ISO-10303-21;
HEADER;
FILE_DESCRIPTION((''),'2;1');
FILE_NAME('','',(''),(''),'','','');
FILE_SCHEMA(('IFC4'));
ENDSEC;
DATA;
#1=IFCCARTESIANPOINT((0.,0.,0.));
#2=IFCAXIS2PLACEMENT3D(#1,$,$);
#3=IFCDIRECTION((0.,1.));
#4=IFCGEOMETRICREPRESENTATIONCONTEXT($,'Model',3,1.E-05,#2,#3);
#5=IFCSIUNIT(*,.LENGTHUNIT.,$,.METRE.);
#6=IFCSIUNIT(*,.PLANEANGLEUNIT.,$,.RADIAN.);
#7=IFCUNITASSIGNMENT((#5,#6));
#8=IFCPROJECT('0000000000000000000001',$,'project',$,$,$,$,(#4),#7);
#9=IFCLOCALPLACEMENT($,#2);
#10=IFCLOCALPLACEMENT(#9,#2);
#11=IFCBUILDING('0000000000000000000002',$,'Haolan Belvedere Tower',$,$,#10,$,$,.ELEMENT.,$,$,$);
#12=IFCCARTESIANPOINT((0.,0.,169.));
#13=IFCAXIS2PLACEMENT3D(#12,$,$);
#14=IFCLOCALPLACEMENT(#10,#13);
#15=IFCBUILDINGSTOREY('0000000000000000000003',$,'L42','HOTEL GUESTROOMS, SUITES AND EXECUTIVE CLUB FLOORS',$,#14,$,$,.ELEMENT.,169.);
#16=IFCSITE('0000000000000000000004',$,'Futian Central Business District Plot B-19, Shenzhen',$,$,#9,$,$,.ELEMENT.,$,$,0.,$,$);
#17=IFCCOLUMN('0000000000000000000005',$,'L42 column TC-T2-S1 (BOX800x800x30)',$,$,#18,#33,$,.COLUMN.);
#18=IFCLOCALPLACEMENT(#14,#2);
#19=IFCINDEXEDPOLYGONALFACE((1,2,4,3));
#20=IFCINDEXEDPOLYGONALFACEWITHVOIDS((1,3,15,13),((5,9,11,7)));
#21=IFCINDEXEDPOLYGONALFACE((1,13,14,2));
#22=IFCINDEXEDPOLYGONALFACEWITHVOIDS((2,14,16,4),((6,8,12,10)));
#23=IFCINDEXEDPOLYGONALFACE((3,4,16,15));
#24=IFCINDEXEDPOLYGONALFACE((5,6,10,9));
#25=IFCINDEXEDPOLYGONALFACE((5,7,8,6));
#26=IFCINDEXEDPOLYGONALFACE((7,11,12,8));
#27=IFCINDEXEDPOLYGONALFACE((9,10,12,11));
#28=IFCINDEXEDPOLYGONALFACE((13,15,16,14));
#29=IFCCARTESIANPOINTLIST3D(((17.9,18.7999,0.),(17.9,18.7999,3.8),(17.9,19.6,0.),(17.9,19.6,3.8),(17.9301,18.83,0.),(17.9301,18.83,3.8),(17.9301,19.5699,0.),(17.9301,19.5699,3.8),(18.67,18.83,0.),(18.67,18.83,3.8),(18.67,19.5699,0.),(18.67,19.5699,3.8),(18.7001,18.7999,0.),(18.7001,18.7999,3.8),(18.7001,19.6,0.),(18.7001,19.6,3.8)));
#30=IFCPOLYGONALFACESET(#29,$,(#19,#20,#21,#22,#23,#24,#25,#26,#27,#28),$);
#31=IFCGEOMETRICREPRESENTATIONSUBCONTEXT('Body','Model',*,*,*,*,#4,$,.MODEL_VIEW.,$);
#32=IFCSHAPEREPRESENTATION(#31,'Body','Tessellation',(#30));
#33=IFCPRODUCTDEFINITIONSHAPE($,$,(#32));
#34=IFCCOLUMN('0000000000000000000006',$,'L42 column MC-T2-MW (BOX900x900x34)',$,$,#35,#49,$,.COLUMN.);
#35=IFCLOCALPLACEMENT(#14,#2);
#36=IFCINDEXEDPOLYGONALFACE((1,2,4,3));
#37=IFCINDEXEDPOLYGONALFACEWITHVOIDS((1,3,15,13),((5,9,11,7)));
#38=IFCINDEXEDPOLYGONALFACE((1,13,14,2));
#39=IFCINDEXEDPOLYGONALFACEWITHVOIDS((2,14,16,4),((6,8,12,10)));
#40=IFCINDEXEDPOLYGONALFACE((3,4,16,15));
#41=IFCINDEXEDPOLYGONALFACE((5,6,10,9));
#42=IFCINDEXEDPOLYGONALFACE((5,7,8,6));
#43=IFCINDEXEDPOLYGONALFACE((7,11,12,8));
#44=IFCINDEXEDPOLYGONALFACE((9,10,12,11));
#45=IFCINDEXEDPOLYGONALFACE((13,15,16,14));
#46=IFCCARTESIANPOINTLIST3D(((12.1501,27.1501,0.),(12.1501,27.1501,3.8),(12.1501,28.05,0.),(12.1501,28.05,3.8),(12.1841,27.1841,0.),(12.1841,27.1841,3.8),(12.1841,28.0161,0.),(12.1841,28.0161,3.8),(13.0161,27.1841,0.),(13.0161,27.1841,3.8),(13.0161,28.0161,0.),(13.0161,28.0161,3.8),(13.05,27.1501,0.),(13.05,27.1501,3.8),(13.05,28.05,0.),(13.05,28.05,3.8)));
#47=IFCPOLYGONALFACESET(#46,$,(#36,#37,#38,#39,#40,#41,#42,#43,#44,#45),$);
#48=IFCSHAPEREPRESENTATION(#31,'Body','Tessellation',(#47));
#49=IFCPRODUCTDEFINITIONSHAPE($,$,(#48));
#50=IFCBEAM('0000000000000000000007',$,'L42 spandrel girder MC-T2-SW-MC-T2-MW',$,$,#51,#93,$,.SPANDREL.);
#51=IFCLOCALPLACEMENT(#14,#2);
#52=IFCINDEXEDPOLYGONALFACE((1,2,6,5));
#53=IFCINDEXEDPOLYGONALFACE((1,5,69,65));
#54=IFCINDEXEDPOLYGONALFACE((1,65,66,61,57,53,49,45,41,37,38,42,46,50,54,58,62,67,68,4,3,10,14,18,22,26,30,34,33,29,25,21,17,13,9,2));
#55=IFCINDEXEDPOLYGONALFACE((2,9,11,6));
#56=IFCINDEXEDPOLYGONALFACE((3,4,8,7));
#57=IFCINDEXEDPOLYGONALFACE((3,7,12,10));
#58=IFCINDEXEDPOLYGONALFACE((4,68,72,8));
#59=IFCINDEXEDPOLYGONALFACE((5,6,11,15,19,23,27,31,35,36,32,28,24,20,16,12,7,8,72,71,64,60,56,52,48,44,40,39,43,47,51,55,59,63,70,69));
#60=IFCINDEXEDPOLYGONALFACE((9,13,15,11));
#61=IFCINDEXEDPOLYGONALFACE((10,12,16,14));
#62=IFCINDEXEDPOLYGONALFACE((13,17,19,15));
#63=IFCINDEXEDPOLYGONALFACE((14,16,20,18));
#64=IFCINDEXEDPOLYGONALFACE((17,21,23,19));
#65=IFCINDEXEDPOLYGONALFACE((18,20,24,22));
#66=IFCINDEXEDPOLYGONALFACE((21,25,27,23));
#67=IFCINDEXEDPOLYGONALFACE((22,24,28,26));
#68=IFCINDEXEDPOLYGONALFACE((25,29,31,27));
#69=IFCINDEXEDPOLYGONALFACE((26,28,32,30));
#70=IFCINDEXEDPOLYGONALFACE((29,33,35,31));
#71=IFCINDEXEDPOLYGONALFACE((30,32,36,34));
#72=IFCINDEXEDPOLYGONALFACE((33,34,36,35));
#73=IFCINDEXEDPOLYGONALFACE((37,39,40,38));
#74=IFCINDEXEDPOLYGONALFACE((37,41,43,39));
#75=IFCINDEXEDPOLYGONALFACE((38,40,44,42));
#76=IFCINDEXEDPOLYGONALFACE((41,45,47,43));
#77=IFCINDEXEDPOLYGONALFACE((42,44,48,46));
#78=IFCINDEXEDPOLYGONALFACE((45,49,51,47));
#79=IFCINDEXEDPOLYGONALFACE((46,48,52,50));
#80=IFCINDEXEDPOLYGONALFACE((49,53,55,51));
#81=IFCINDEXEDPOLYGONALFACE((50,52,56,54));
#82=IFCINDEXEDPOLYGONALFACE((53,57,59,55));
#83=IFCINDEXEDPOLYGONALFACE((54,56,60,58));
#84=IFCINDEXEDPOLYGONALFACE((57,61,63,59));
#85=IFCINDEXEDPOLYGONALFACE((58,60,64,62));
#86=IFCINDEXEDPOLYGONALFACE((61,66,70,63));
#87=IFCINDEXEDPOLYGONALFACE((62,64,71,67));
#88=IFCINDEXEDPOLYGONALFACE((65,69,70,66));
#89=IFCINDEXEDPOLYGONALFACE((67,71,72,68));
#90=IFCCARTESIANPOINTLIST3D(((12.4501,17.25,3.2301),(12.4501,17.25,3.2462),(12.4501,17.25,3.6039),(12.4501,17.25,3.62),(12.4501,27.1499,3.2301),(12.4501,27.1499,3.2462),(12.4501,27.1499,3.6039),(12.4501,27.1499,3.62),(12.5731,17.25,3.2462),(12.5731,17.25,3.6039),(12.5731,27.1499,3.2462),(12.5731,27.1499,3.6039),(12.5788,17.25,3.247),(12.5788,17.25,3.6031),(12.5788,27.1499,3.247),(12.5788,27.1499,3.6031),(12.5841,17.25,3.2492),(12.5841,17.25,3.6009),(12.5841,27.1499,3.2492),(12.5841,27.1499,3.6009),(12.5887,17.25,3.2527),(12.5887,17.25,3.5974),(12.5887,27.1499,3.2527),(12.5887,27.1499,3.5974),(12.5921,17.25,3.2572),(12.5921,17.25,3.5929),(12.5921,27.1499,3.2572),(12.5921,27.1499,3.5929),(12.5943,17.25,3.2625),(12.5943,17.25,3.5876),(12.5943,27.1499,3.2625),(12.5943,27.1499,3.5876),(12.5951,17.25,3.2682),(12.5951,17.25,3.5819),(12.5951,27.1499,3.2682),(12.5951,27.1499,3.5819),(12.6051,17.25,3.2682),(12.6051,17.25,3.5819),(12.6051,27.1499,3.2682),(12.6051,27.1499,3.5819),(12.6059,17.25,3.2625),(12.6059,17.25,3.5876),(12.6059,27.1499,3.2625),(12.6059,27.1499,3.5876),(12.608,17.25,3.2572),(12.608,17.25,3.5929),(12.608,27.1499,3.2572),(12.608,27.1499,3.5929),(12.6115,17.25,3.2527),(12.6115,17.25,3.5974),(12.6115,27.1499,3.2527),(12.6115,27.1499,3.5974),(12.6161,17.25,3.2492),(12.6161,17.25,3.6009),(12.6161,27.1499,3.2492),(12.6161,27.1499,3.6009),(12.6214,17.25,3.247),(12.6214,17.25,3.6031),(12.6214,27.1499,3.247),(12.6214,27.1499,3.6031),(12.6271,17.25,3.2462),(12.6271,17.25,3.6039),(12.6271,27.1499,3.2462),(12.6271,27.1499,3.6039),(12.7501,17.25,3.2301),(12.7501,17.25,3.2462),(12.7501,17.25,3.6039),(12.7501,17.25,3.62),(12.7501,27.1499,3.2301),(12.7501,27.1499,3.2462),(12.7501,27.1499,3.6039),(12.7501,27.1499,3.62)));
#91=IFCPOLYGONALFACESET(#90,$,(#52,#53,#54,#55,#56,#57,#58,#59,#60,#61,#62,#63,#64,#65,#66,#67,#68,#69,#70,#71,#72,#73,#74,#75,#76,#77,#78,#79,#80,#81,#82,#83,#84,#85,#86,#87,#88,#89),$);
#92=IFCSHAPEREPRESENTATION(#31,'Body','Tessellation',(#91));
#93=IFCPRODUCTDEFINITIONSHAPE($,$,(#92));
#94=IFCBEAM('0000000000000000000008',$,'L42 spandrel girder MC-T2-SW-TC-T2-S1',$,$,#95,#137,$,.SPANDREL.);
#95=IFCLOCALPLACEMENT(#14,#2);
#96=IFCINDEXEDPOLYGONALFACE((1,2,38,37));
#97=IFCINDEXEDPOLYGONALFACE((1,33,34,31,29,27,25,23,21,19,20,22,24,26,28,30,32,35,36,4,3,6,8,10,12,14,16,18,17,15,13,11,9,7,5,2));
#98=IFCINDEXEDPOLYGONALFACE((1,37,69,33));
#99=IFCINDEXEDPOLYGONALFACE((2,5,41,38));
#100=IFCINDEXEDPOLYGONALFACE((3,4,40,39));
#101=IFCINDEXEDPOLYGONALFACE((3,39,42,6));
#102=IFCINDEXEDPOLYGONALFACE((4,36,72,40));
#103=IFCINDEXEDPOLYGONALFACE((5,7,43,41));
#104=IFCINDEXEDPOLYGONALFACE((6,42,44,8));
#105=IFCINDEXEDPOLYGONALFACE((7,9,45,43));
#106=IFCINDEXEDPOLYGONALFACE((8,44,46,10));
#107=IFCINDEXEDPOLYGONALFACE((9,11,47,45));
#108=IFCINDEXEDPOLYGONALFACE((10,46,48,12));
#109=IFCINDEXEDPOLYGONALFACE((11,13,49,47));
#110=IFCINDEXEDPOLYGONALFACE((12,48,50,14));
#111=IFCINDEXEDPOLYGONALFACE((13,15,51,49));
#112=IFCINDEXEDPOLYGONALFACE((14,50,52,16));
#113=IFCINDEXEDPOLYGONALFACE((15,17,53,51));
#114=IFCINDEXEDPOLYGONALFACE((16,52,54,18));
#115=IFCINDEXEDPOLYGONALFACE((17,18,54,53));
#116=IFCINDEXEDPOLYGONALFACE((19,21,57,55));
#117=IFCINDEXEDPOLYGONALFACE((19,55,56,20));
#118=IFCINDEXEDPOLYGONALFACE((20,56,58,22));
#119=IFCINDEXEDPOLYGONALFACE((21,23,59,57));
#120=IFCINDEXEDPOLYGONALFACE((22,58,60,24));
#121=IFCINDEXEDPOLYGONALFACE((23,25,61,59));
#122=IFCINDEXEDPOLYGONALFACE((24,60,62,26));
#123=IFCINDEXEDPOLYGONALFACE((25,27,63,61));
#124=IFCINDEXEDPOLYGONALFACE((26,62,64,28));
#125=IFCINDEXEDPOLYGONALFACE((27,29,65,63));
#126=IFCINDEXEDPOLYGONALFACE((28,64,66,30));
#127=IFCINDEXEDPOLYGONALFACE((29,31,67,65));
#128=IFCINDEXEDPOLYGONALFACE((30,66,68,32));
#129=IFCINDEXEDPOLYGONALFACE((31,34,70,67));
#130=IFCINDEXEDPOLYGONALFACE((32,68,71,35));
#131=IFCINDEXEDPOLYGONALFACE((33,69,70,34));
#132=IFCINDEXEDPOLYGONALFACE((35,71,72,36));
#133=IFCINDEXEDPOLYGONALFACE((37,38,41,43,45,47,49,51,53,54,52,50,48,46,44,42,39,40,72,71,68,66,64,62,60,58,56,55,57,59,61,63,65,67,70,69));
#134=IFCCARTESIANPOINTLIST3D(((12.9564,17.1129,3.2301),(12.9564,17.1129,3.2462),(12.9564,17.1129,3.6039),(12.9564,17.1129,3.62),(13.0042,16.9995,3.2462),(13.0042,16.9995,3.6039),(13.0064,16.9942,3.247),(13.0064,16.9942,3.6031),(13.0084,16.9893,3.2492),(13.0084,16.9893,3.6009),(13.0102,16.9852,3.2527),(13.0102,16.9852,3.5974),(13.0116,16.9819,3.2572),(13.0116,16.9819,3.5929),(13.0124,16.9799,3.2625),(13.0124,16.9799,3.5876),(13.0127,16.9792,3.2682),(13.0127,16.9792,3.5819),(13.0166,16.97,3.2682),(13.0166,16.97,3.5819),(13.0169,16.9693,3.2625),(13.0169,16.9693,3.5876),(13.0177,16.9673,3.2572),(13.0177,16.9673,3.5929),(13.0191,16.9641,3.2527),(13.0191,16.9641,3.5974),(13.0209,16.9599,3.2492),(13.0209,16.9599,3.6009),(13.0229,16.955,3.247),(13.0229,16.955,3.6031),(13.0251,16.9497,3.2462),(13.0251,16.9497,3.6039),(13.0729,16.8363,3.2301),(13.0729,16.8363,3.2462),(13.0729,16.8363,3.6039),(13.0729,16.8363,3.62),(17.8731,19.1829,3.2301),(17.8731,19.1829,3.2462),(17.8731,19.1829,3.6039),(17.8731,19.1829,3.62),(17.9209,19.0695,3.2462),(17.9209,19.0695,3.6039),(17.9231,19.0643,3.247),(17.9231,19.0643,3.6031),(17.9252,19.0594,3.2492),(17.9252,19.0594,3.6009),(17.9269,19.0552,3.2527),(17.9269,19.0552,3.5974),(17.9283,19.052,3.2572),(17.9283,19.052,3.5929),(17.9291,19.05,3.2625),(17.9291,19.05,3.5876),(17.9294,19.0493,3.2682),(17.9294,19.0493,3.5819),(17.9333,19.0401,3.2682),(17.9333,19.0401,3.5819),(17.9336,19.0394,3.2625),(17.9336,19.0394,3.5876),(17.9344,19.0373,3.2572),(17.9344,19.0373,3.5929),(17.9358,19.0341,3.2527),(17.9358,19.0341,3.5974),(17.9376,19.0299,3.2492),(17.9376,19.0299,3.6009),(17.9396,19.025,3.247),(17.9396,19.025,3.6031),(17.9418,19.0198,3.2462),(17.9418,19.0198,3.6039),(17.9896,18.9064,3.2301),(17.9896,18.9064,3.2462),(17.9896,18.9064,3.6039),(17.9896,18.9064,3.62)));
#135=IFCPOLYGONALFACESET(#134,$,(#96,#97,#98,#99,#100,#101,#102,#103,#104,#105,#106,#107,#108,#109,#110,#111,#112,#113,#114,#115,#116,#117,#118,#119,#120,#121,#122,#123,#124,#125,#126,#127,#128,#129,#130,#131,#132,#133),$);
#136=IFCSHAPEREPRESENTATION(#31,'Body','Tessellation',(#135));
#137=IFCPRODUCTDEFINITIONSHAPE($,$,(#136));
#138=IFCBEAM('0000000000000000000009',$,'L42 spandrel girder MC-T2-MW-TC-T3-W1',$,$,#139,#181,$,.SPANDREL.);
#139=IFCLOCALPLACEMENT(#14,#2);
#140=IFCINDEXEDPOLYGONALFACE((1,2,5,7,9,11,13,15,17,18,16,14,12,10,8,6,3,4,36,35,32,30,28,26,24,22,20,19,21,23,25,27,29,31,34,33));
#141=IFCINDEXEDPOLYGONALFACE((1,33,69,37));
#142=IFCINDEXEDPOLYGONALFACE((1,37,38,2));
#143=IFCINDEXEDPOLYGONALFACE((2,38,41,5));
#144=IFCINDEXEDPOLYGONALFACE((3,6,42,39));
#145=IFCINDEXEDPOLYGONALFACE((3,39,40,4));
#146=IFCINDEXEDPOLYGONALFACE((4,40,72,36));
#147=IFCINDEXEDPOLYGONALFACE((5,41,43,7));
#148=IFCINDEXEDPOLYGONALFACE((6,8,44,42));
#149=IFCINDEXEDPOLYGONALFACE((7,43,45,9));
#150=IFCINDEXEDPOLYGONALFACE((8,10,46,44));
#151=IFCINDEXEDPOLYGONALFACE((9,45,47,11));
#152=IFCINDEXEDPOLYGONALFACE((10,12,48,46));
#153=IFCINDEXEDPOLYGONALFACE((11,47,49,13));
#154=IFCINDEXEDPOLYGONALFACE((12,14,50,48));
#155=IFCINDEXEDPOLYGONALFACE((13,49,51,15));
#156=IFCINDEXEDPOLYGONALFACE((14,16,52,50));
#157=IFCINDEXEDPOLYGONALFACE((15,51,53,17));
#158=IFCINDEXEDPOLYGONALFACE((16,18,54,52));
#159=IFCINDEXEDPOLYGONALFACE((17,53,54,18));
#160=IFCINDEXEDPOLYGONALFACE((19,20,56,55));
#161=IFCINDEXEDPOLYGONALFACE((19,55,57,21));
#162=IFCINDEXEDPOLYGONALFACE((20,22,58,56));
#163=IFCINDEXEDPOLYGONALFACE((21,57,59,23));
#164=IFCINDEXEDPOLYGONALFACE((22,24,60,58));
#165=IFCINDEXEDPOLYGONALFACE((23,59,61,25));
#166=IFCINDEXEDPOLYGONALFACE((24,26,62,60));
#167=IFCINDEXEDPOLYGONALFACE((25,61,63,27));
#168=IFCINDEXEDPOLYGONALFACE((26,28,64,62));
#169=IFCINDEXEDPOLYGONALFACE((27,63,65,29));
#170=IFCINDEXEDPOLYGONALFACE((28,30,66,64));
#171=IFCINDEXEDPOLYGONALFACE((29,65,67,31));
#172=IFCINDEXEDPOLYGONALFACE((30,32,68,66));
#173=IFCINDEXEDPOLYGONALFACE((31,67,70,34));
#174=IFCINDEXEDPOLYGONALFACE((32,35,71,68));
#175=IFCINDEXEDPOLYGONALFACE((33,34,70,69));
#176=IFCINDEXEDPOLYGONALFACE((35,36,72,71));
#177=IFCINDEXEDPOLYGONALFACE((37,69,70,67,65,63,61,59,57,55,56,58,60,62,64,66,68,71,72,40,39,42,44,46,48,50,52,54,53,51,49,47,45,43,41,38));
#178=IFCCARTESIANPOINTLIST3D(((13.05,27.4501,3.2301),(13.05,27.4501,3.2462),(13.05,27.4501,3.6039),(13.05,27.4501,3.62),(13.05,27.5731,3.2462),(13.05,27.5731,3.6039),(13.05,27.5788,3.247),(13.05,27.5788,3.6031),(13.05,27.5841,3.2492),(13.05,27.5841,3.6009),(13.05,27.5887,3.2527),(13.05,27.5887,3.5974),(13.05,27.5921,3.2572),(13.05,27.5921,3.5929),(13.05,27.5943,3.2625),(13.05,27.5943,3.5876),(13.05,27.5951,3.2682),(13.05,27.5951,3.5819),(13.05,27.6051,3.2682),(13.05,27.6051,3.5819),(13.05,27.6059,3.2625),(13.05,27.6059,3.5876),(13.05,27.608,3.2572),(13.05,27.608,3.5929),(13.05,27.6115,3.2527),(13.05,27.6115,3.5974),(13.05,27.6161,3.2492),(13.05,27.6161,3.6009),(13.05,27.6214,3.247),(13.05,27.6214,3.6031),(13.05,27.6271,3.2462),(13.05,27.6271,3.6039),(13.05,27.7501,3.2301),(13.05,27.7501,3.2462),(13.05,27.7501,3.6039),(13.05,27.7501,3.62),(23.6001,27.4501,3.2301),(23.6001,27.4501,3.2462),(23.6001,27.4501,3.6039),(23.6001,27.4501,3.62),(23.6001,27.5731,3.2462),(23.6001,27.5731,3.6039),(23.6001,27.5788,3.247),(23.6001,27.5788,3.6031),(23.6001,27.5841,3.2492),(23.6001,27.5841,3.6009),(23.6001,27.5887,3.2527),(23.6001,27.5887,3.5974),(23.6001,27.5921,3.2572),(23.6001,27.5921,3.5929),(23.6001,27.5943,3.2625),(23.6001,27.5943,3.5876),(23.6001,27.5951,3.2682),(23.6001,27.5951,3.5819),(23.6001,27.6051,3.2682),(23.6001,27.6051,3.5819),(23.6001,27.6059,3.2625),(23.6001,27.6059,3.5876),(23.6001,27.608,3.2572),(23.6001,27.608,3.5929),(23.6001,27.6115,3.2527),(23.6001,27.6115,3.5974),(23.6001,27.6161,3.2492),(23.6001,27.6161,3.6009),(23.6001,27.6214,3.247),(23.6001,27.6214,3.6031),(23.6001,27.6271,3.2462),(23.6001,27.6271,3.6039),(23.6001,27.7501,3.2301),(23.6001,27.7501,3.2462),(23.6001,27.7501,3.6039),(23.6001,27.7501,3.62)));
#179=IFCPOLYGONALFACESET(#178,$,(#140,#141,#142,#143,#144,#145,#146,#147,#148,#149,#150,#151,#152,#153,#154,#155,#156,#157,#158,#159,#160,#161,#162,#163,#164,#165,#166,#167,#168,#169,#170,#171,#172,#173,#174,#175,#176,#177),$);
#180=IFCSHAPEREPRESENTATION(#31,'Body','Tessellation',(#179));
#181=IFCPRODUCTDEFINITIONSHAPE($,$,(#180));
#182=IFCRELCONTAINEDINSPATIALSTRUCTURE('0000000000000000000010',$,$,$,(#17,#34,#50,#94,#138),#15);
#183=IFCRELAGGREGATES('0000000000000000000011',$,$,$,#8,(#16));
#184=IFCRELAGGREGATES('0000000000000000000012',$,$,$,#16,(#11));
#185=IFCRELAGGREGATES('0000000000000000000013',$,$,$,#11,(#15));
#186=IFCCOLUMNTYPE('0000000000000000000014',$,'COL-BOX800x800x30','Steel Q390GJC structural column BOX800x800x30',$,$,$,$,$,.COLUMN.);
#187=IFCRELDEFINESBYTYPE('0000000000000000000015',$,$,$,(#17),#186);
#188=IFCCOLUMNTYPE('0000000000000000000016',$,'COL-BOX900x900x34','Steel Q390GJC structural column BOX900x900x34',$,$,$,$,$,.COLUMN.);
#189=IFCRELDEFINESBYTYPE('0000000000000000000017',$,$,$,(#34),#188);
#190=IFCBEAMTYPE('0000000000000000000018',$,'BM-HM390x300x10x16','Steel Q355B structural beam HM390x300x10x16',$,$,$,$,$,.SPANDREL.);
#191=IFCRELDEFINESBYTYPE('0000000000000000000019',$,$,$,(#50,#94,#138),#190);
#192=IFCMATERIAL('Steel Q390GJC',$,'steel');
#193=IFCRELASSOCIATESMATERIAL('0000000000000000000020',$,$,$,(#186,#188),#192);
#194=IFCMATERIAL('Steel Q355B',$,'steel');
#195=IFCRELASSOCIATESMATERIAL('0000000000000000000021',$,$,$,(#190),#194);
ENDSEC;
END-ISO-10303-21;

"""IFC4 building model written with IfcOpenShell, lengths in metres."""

from ifc_helpers import new_model, si_unit, direction, frame, origin, origin_2d, place, context, subcontext, project, spatial, hollow_rectangle, i_section, extrude, material, material_profile, profile_set, type_object, element, save


model = new_model("IFC4")

# Units and contexts
model_context = context("Model", 3, precision=1e-05, world=origin(), true_north=direction((0.0, 1.0)))
body_context = subcontext(model_context, "Body", "Model", "MODEL_VIEW")
ifc_project = project(units=[si_unit("LENGTHUNIT", "METRE"), si_unit("PLANEANGLEUNIT", "RADIAN")], contexts=[model_context])

# Site, building, storey
site_placement = place(None, origin())
site = spatial("IfcSite", under=ifc_project, at=site_placement, Name="Futian Central Business District Plot B-19, Shenzhen", CompositionType="ELEMENT", RefElevation=0.0)
building_placement = place(site_placement, origin())
building = spatial("IfcBuilding", under=site, at=building_placement, Name="Haolan Belvedere Tower", CompositionType="ELEMENT")
storey_placement = place(building_placement, frame((0.0, 0.0, 169.0)))
storey = spatial("IfcBuildingStorey", under=building, at=storey_placement, Name="L42", Description="HOTEL GUESTROOMS, SUITES AND EXECUTIVE CLUB FLOORS", CompositionType="ELEMENT", Elevation=169.0)

# Columns
ifc_material_1 = material(Name="Steel Q390GJC", Category="steel")
ifc_material_profile_1 = material_profile(ifc_material_1, hollow_rectangle(XDim=0.8, YDim=0.8, WallThickness=0.03, at=origin_2d()), Name="Steel Q390GJC")
ifc_profile_set_1 = profile_set([ifc_material_profile_1], Name="Steel Q390GJC")
column_type_1 = type_object("IfcColumnType", Name="COL-BOX800x800x30", Description="Steel Q390GJC structural column BOX800x800x30", PredefinedType="COLUMN", material=ifc_profile_set_1)
column_1_placement = place(storey_placement, frame((18.3, 19.2, 0.0), z_axis=(0.0, 0.0, 1.0), x_axis=(1.0, 0.0, 0.0)))
element("IfcColumn", 1, at=column_1_placement, inside=storey, type_object=column_type_1, Name="L42 column TC-T2-S1 (BOX800x800x30)", PredefinedType="COLUMN", context=body_context, shape_type="SweptSolid", body=[
    extrude(hollow_rectangle(XDim=0.8, YDim=0.8, WallThickness=0.03, at=origin_2d()), origin(), (0.0, 0.0, 1.0), 3.8),
])
ifc_material_profile_2 = material_profile(ifc_material_1, hollow_rectangle(XDim=0.8999, YDim=0.8999, WallThickness=0.0339, at=origin_2d()), Name="Steel Q390GJC")
ifc_profile_set_2 = profile_set([ifc_material_profile_2], Name="Steel Q390GJC")
column_type_2 = type_object("IfcColumnType", Name="COL-BOX900x900x34", Description="Steel Q390GJC structural column BOX900x900x34", PredefinedType="COLUMN", material=ifc_profile_set_2)
column_2_placement = place(storey_placement, frame((12.6001, 27.6001, 0.0), z_axis=(0.0, 0.0, 1.0), x_axis=(1.0, 0.0, 0.0)))
element("IfcColumn", 2, at=column_2_placement, inside=storey, type_object=column_type_2, Name="L42 column MC-T2-MW (BOX900x900x34)", PredefinedType="COLUMN", context=body_context, shape_type="SweptSolid", body=[
    extrude(hollow_rectangle(XDim=0.8999, YDim=0.8999, WallThickness=0.0339, at=origin_2d()), origin(), (0.0, 0.0, 1.0), 3.8),
])

# Beams
ifc_material_2 = material(Name="Steel Q355B", Category="steel")
ifc_material_profile_3 = material_profile(ifc_material_2, i_section(OverallWidth=0.3, OverallDepth=0.3899, WebThickness=0.01, FlangeThickness=0.0161, FilletRadius=0.022, at=origin_2d()), Name="Steel Q355B")
ifc_profile_set_3 = profile_set([ifc_material_profile_3], Name="Steel Q355B")
beam_type_1 = type_object("IfcBeamType", Name="BM-HM390x300x10x16", Description="Steel Q355B structural beam HM390x300x10x16", PredefinedType="SPANDREL", material=ifc_profile_set_3)
beam_1_placement = place(storey_placement, frame((12.6001, 17.25, 3.425), z_axis=(0.0, 1.0, 0.0), x_axis=(-1.0, 0.0, 0.0)))
element("IfcBeam", 3, at=beam_1_placement, inside=storey, type_object=beam_type_1, Name="L42 spandrel girder MC-T2-SW-MC-T2-MW", PredefinedType="SPANDREL", context=body_context, shape_type="SweptSolid", body=[
    extrude(i_section(OverallWidth=0.3, OverallDepth=0.3899, WebThickness=0.01, FlangeThickness=0.0161, FilletRadius=0.022, at=origin_2d()), origin(), (0.0, 0.0, 1.0), 9.8999),
])
beam_2_placement = place(storey_placement, frame((13.0146, 16.9746, 3.425), z_axis=(0.921645, 0.388034, 0.0), x_axis=(-0.388034, 0.921645, 0.0)))
element("IfcBeam", 4, at=beam_2_placement, inside=storey, type_object=beam_type_1, Name="L42 spandrel girder MC-T2-SW-TC-T2-S1", PredefinedType="SPANDREL", context=body_context, shape_type="SweptSolid", body=[
    extrude(i_section(OverallWidth=0.3, OverallDepth=0.3899, WebThickness=0.01, FlangeThickness=0.0161, FilletRadius=0.022, at=origin_2d()), origin(), (0.0, 0.0, 1.0), 5.3347),
])
beam_3_placement = place(storey_placement, frame((13.05, 27.6001, 3.425), z_axis=(1.0, 0.0, 0.0), x_axis=(0.0, 1.0, 0.0)))
element("IfcBeam", 5, at=beam_3_placement, inside=storey, type_object=beam_type_1, Name="L42 spandrel girder MC-T2-MW-TC-T3-W1", PredefinedType="SPANDREL", context=body_context, shape_type="SweptSolid", body=[
    extrude(i_section(OverallWidth=0.3, OverallDepth=0.3899, WebThickness=0.01, FlangeThickness=0.0161, FilletRadius=0.022, at=origin_2d()), origin(), (0.0, 0.0, 1.0), 10.55),
])

save(model, "model.ifc")
